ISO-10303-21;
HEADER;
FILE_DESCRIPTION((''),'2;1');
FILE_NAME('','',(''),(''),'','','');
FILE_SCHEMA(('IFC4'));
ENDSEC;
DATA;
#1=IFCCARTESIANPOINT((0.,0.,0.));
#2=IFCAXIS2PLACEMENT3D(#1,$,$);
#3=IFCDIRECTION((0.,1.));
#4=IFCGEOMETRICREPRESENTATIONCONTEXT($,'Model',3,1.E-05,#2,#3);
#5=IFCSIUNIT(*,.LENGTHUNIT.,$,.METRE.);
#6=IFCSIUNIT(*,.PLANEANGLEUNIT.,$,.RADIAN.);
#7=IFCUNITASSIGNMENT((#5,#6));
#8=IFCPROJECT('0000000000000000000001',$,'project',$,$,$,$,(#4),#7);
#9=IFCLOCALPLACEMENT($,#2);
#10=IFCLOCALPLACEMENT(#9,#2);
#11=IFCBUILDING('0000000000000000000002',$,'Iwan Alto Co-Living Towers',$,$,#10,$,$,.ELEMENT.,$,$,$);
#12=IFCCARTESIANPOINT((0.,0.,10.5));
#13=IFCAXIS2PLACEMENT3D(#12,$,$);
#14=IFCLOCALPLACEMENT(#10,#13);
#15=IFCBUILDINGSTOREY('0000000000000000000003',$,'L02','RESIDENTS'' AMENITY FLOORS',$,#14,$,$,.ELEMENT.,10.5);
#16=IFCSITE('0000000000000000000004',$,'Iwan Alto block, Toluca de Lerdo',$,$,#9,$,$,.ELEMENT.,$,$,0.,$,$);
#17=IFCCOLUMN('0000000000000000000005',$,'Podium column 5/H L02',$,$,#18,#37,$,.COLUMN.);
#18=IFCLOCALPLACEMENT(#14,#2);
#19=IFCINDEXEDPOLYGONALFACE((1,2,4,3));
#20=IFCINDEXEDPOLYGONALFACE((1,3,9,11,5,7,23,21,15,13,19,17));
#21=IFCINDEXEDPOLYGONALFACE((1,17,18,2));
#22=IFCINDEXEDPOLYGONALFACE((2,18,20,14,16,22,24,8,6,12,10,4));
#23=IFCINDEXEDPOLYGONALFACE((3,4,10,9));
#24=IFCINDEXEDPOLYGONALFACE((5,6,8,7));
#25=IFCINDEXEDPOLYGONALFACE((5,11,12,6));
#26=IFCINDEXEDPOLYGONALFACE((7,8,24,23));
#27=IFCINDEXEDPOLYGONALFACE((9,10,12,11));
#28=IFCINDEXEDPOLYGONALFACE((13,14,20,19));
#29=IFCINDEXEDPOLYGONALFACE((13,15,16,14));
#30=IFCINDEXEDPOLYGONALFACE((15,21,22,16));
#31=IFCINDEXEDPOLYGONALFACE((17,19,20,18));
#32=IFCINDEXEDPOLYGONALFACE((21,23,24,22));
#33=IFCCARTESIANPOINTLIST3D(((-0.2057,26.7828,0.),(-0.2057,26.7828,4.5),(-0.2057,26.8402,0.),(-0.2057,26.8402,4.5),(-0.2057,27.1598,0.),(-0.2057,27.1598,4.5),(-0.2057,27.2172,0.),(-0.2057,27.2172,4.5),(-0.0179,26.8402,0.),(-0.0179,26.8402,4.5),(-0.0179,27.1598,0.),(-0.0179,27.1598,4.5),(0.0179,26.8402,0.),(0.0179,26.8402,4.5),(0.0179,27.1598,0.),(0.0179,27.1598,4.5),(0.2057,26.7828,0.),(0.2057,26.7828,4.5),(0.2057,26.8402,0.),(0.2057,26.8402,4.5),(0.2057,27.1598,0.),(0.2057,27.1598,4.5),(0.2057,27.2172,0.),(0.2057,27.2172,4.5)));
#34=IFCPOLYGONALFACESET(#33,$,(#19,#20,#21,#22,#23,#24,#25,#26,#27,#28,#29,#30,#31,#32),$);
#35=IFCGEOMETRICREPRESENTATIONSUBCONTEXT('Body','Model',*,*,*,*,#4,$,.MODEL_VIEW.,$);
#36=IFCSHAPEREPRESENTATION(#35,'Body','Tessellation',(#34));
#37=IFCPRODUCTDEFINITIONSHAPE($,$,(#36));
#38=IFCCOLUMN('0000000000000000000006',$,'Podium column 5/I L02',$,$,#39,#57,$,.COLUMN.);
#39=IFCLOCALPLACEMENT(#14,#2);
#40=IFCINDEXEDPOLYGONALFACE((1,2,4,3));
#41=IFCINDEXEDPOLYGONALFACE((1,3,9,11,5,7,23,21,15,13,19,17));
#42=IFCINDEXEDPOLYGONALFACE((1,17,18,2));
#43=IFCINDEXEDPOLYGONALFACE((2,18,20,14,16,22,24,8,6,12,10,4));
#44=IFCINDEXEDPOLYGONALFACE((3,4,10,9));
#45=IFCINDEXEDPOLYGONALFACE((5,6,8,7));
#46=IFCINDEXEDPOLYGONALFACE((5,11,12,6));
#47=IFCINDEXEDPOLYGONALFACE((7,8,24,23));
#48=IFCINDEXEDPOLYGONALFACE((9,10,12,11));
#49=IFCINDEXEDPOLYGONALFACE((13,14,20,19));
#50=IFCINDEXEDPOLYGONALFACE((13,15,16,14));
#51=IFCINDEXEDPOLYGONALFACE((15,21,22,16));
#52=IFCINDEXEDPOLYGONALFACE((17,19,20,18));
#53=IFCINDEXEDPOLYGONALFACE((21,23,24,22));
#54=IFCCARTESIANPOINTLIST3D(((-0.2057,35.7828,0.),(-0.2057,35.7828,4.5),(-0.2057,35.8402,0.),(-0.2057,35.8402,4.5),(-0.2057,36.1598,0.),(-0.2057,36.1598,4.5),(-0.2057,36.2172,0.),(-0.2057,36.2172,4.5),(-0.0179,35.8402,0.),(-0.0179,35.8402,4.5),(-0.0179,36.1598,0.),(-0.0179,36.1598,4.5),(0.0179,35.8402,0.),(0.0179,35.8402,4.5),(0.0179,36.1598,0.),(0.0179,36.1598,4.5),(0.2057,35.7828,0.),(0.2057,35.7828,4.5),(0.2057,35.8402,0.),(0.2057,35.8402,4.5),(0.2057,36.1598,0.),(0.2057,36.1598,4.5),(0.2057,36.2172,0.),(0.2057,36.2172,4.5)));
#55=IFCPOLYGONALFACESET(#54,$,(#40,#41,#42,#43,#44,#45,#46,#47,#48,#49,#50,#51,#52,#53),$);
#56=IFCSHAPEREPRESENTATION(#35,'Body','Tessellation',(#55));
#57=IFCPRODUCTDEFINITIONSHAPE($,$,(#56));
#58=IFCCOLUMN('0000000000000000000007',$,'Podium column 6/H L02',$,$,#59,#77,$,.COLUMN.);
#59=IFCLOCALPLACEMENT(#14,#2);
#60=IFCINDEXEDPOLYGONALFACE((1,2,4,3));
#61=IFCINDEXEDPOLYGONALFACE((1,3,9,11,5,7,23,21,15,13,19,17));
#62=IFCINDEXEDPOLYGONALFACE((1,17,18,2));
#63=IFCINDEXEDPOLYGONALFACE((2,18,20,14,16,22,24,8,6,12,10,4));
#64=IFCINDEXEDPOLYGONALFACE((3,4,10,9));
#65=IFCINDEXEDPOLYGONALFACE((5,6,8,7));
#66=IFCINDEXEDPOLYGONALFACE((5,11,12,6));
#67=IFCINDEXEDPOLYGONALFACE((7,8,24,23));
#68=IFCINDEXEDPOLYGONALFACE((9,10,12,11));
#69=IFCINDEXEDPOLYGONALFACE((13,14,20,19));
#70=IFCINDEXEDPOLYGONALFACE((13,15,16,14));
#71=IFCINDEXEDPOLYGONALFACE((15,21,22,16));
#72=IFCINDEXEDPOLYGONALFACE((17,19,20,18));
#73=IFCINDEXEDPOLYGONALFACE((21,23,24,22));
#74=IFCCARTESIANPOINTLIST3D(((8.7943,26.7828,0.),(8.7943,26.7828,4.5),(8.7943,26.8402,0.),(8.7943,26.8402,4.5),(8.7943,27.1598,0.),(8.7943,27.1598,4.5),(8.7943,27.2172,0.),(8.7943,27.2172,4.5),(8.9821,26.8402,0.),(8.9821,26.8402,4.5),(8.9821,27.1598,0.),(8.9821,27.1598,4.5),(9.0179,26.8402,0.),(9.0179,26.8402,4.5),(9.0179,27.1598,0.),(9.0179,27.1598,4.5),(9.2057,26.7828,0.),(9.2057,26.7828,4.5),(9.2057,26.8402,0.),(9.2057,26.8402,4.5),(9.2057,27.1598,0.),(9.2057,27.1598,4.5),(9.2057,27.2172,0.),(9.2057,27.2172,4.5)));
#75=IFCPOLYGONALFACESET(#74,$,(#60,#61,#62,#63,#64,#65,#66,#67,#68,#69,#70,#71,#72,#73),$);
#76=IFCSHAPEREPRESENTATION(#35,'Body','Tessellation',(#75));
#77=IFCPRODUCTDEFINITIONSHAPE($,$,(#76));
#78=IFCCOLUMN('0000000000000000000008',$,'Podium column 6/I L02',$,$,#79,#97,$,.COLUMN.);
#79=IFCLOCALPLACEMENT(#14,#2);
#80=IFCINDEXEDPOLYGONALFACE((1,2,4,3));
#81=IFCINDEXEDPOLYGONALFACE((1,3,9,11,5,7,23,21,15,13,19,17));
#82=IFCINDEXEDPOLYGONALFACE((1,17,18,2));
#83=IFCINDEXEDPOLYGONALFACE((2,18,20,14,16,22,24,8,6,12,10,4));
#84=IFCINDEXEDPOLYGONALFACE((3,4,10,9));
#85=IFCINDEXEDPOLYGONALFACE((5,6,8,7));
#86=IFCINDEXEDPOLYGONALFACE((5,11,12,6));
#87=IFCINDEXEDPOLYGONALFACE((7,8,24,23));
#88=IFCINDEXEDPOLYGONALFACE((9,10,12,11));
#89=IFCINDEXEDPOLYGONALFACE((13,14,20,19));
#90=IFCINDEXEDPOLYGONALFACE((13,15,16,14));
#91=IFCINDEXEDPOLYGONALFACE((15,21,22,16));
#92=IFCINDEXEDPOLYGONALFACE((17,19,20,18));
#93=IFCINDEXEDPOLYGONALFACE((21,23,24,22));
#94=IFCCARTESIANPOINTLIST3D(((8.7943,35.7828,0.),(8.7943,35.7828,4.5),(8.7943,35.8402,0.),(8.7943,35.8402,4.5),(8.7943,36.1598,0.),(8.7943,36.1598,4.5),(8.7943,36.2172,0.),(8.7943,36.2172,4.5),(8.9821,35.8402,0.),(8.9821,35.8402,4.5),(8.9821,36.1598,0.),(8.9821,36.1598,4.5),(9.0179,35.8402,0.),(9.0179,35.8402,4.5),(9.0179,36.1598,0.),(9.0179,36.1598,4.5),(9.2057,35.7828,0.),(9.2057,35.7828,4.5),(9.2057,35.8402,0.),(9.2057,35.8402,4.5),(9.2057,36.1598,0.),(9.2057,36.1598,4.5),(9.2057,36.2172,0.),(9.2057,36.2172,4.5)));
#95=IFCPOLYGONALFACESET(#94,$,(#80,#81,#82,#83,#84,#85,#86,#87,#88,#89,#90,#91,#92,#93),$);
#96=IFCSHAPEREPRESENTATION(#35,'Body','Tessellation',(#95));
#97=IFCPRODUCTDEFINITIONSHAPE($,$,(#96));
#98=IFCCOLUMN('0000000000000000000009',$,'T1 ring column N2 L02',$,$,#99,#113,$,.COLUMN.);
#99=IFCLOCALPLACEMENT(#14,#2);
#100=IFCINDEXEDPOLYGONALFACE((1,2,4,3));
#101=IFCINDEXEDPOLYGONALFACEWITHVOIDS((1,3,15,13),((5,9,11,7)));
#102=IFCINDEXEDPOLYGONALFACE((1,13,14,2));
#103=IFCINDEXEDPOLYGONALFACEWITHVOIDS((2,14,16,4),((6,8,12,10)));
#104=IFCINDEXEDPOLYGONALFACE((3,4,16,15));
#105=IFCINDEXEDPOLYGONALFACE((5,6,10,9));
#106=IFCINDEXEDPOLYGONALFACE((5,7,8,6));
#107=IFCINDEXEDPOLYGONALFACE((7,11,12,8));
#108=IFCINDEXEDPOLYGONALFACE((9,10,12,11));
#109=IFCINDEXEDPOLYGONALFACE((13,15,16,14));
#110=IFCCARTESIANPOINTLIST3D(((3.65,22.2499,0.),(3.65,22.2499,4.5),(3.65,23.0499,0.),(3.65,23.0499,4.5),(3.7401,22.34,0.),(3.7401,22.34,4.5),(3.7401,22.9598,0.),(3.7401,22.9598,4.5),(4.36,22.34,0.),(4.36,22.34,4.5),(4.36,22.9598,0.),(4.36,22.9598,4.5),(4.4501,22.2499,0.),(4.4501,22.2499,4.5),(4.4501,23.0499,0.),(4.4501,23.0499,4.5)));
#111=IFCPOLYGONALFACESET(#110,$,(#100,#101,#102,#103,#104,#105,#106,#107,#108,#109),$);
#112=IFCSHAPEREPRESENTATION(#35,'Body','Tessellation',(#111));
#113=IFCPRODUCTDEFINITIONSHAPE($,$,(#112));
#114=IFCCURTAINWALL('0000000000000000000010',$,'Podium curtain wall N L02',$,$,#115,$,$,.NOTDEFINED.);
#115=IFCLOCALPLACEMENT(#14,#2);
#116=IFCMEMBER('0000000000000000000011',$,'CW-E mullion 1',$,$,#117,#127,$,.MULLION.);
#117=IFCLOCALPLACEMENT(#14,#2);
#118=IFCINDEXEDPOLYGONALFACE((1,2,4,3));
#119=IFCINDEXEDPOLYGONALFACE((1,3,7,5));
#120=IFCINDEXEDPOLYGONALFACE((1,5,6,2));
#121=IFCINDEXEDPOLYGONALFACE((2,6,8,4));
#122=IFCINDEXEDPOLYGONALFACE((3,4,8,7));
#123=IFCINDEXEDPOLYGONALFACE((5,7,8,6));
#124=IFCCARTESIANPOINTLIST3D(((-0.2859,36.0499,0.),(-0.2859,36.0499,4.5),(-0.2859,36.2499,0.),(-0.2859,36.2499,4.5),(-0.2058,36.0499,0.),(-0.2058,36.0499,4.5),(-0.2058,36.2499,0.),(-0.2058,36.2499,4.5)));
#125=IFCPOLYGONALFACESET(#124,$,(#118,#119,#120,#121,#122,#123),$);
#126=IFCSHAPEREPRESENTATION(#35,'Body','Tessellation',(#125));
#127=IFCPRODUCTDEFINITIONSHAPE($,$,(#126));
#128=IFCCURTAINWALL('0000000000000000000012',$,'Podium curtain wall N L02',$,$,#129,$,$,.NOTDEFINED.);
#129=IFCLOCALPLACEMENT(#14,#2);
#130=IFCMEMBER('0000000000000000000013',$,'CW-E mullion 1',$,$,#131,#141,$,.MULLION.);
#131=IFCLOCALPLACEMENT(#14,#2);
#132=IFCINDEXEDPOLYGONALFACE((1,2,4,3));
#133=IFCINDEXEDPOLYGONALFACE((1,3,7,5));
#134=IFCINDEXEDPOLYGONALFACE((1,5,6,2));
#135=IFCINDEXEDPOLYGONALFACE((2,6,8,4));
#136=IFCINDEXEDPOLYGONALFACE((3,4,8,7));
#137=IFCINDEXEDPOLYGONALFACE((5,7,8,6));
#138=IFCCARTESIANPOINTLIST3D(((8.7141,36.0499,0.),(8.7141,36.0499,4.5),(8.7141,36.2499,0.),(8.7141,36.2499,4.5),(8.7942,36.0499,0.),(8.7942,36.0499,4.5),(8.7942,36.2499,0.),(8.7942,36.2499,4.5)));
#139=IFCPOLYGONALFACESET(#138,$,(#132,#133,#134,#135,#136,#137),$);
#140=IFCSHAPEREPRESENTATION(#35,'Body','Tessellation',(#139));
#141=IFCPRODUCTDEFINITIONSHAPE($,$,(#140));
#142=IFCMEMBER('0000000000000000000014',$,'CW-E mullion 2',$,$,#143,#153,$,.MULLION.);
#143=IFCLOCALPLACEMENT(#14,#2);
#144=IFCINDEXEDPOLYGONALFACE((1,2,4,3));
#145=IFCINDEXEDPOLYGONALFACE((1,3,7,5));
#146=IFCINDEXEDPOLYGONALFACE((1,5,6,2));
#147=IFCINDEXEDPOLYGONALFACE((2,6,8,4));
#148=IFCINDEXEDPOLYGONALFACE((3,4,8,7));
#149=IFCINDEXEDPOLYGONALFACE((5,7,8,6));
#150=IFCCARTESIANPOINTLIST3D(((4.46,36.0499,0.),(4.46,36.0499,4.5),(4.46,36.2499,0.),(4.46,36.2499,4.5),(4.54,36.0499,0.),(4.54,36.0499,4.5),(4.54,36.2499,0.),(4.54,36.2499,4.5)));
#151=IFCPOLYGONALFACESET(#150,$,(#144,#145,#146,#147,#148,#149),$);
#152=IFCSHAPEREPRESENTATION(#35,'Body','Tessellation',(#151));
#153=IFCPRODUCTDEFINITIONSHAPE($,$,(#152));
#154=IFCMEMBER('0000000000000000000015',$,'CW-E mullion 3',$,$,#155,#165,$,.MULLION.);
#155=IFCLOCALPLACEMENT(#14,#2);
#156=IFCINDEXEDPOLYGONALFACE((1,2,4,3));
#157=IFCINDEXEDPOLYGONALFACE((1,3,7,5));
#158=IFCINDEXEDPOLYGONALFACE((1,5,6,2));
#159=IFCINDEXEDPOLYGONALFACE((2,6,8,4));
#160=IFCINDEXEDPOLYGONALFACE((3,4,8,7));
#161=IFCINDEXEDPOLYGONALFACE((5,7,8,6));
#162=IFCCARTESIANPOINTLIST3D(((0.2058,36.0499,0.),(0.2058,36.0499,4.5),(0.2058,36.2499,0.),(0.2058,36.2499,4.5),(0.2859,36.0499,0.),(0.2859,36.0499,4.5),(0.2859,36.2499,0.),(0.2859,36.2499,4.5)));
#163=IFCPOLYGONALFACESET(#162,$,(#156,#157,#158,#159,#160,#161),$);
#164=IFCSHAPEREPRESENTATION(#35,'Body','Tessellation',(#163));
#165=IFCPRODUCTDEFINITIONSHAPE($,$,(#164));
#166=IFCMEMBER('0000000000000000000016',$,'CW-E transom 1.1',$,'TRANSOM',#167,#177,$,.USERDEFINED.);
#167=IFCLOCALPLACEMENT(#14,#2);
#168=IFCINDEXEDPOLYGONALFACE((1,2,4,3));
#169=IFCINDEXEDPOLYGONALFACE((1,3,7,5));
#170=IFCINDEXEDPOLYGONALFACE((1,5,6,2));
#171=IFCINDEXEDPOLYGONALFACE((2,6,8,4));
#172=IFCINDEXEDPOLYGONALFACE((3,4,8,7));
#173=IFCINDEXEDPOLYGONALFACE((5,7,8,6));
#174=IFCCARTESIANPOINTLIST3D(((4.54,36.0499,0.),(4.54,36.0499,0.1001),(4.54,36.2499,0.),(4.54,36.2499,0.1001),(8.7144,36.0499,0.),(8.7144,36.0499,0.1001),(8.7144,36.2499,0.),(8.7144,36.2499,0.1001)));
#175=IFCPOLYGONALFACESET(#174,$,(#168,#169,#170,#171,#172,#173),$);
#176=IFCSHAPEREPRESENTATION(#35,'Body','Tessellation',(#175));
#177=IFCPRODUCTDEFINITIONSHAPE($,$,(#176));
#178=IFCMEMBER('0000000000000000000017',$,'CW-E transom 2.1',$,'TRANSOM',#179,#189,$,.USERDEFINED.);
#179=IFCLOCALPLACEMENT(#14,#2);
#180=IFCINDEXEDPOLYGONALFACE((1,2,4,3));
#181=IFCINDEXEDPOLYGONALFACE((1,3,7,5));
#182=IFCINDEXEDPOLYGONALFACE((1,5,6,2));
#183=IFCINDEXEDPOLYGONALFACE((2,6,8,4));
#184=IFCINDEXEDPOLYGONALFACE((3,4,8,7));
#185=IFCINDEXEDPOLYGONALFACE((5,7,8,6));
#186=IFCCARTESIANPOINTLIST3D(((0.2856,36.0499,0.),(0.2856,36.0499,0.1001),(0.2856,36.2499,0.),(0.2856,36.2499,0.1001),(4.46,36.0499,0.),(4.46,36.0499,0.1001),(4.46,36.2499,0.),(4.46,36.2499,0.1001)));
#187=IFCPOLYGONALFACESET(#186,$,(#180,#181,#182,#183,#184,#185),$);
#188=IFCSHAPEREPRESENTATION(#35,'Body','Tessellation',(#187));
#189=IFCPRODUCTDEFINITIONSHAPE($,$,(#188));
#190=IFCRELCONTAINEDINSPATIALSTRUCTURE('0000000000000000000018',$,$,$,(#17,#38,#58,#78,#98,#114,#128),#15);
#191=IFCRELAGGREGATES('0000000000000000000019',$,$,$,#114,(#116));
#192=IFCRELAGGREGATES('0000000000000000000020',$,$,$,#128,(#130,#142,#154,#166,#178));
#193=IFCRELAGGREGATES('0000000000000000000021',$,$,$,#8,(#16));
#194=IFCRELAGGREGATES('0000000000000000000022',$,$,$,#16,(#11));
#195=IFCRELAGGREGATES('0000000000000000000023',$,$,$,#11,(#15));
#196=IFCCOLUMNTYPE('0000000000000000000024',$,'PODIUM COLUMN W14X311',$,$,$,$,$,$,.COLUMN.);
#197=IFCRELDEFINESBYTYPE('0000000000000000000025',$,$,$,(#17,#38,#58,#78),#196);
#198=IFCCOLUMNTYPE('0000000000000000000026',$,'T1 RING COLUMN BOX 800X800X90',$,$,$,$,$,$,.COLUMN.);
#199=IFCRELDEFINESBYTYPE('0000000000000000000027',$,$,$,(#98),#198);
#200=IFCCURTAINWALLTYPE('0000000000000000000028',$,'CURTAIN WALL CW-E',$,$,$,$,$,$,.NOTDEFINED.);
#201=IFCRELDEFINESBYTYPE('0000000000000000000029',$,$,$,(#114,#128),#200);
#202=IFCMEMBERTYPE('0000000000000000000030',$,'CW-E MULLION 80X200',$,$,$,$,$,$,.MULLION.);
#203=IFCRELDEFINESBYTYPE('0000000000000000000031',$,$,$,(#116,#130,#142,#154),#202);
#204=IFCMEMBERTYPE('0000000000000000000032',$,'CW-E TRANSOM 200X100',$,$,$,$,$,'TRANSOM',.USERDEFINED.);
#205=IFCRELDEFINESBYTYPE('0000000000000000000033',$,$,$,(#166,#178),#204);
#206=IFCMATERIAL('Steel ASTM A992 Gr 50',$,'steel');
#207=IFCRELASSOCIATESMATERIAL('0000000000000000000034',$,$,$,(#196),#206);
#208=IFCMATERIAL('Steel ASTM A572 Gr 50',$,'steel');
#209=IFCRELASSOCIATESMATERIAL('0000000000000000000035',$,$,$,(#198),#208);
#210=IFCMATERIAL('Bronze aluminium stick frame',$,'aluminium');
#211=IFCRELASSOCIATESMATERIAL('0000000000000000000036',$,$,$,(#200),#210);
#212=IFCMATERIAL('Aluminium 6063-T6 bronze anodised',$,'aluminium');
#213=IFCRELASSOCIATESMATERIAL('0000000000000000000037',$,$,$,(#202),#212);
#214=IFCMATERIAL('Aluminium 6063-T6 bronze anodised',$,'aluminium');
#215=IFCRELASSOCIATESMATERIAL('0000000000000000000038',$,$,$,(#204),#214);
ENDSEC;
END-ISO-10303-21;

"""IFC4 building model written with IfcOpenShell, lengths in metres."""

from ifc_helpers import new_model, si_unit, direction, frame, origin, origin_2d, place, context, subcontext, project, spatial, rectangle, hollow_rectangle, i_section, extrude, material, material_profile, profile_set, type_object, element, aggregate, save


model = new_model("IFC4")

# Units and contexts
model_context = context("Model", 3, precision=1e-05, world=origin(), true_north=direction((0.0, 1.0)))
body_context = subcontext(model_context, "Body", "Model", "MODEL_VIEW")
ifc_project = project(units=[si_unit("LENGTHUNIT", "METRE"), si_unit("PLANEANGLEUNIT", "RADIAN")], contexts=[model_context])

# Site, building, storey
site_placement = place(None, origin())
site = spatial("IfcSite", under=ifc_project, at=site_placement, Name="Iwan Alto block, Toluca de Lerdo", CompositionType="ELEMENT", RefElevation=0.0)
building_placement = place(site_placement, origin())
building = spatial("IfcBuilding", under=site, at=building_placement, Name="Iwan Alto Co-Living Towers", CompositionType="ELEMENT")
storey_placement = place(building_placement, frame((0.0, 0.0, 10.5)))
storey = spatial("IfcBuildingStorey", under=building, at=storey_placement, Name="L02", Description="RESIDENTS' AMENITY FLOORS", CompositionType="ELEMENT", Elevation=10.5)

# Columns
ifc_material_1 = material(Name="Steel ASTM A992 Gr 50", Category="steel")
ifc_material_profile_1 = material_profile(ifc_material_1, i_section(OverallWidth=0.4114, OverallDepth=0.4343, WebThickness=0.0359, FlangeThickness=0.0574, at=origin_2d()), Name="W14X311")
ifc_profile_set_1 = profile_set([ifc_material_profile_1], Name="Steel ASTM A992 Gr 50")
column_type_1 = type_object("IfcColumnType", Name="PODIUM COLUMN W14X311", PredefinedType="COLUMN", material=ifc_profile_set_1)
for number, where, z_axis, x_axis, name in (
    (1, (0.0, 27.0, 0.0), (0.0, 0.0, 1.0), (1.0, 0.0, 0.0), "Podium column 5/H L02"),
    (2, (0.0, 36.0, 0.0), (0.0, 0.0, 1.0), (1.0, 0.0, 0.0), "Podium column 5/I L02"),
    (3, (9.0, 27.0, 0.0), (0.0, 0.0, 1.0), (1.0, 0.0, 0.0), "Podium column 6/H L02"),
    (4, (9.0, 36.0, 0.0), (0.0, 0.0, 1.0), (1.0, 0.0, 0.0), "Podium column 6/I L02"),
):
    element("IfcColumn", number, at=place(storey_placement, frame(where, z_axis=z_axis, x_axis=x_axis)), inside=storey, type_object=column_type_1, Name=name, PredefinedType="COLUMN", context=body_context, shape_type="SweptSolid", body=[
        extrude(i_section(OverallWidth=0.4114, OverallDepth=0.4343, WebThickness=0.0359, FlangeThickness=0.0574, at=origin_2d()), origin(), (0.0, 0.0, 1.0), 4.5),
    ])
ifc_material_2 = material(Name="Steel ASTM A572 Gr 50", Category="steel")
ifc_material_profile_2 = material_profile(ifc_material_2, hollow_rectangle(XDim=0.8, YDim=0.8, WallThickness=0.0901, at=origin_2d()), Name="BOX 800X800X90")
ifc_profile_set_2 = profile_set([ifc_material_profile_2], Name="Steel ASTM A572 Gr 50")
column_type_2 = type_object("IfcColumnType", Name="T1 RING COLUMN BOX 800X800X90", PredefinedType="COLUMN", material=ifc_profile_set_2)
column_placement = place(storey_placement, frame((4.05, 22.6499, 0.0), z_axis=(0.0, 0.0, 1.0), x_axis=(1.0, 0.0, 0.0)))
element("IfcColumn", 5, at=column_placement, inside=storey, type_object=column_type_2, Name="T1 ring column N2 L02", PredefinedType="COLUMN", context=body_context, shape_type="SweptSolid", body=[
    extrude(hollow_rectangle(XDim=0.8, YDim=0.8, WallThickness=0.0901, at=origin_2d()), origin(), (0.0, 0.0, 1.0), 4.5),
])

# Curtain wall, member
ifc_material_3 = material(Name="Bronze aluminium stick frame", Category="aluminium")
curtain_wall_type = type_object("IfcCurtainWallType", Name="CURTAIN WALL CW-E", PredefinedType="NOTDEFINED", material=ifc_material_3)
curtain_wall_1_placement = place(storey_placement, origin())
curtain_wall_1 = element("IfcCurtainWall", 6, at=curtain_wall_1_placement, inside=storey, type_object=curtain_wall_type, Name="Podium curtain wall N L02", PredefinedType="NOTDEFINED")
ifc_material_4 = material(Name="Aluminium 6063-T6 bronze anodised", Category="aluminium")
ifc_material_profile_3 = material_profile(ifc_material_4, rectangle(XDim=0.2, YDim=0.0801, at=origin_2d()), Name="AL 80X200")
ifc_profile_set_3 = profile_set([ifc_material_profile_3], Name="Aluminium 6063-T6 bronze anodised")
member_type_1 = type_object("IfcMemberType", Name="CW-E MULLION 80X200", PredefinedType="MULLION", material=ifc_profile_set_3)
member_1_placement = place(storey_placement, frame((-0.2458, 36.1499, 0.0), z_axis=(0.0, 0.0, 1.0), x_axis=(0.0, -1.0, 0.0)))
member_1 = element("IfcMember", 7, at=member_1_placement, type_object=member_type_1, Name="CW-E mullion 1", PredefinedType="MULLION", context=body_context, shape_type="SweptSolid", body=[
    extrude(rectangle(XDim=0.2, YDim=0.0801, at=origin_2d()), origin(), (0.0, 0.0, 1.0), 4.5),
])
aggregate(curtain_wall_1, [member_1])

# Curtain wall, members
curtain_wall_2_placement = place(storey_placement, origin())
curtain_wall_2 = element("IfcCurtainWall", 8, at=curtain_wall_2_placement, inside=storey, type_object=curtain_wall_type, Name="Podium curtain wall N L02", PredefinedType="NOTDEFINED")
member_2_placement = place(storey_placement, frame((8.7542, 36.1499, 0.0), z_axis=(0.0, 0.0, 1.0), x_axis=(0.0, -1.0, 0.0)))
member_2 = element("IfcMember", 9, at=member_2_placement, type_object=member_type_1, Name="CW-E mullion 1", PredefinedType="MULLION", context=body_context, shape_type="SweptSolid", body=[
    extrude(rectangle(XDim=0.2, YDim=0.0801, at=origin_2d()), origin(), (0.0, 0.0, 1.0), 4.5),
])
member_3_placement = place(storey_placement, frame((4.5, 36.1499, 0.0), z_axis=(0.0, 0.0, 1.0), x_axis=(0.0, -1.0, 0.0)))
member_3 = element("IfcMember", 10, at=member_3_placement, type_object=member_type_1, Name="CW-E mullion 2", PredefinedType="MULLION", context=body_context, shape_type="SweptSolid", body=[
    extrude(rectangle(XDim=0.2, YDim=0.0801, at=origin_2d()), origin(), (0.0, 0.0, 1.0), 4.5),
])
member_4_placement = place(storey_placement, frame((0.2458, 36.1499, 0.0), z_axis=(0.0, 0.0, 1.0), x_axis=(0.0, -1.0, 0.0)))
member_4 = element("IfcMember", 11, at=member_4_placement, type_object=member_type_1, Name="CW-E mullion 3", PredefinedType="MULLION", context=body_context, shape_type="SweptSolid", body=[
    extrude(rectangle(XDim=0.2, YDim=0.0801, at=origin_2d()), origin(), (0.0, 0.0, 1.0), 4.5),
])
ifc_material_5 = material(Name="Aluminium 6063-T6 bronze anodised", Category="aluminium")
ifc_material_profile_4 = material_profile(ifc_material_5, rectangle(XDim=0.2, YDim=0.1001, at=origin_2d()), Name="AL 200X100")
ifc_profile_set_4 = profile_set([ifc_material_profile_4], Name="Aluminium 6063-T6 bronze anodised")
member_type_2 = type_object("IfcMemberType", Name="CW-E TRANSOM 200X100", ElementType="TRANSOM", PredefinedType="USERDEFINED", material=ifc_profile_set_4)
member_5_placement = place(storey_placement, frame((8.7144, 36.1499, 0.05), z_axis=(-1.0, 0.0, 0.0), x_axis=(0.0, -1.0, 0.0)))
member_5 = element("IfcMember", 12, at=member_5_placement, type_object=member_type_2, Name="CW-E transom 1.1", ObjectType="TRANSOM", PredefinedType="USERDEFINED", context=body_context, shape_type="SweptSolid", body=[
    extrude(rectangle(XDim=0.2, YDim=0.1001, at=origin_2d()), origin(), (0.0, 0.0, 1.0), 4.1743),
])
member_6_placement = place(storey_placement, frame((4.46, 36.1499, 0.05), z_axis=(-1.0, 0.0, 0.0), x_axis=(0.0, -1.0, 0.0)))
member_6 = element("IfcMember", 13, at=member_6_placement, type_object=member_type_2, Name="CW-E transom 2.1", ObjectType="TRANSOM", PredefinedType="USERDEFINED", context=body_context, shape_type="SweptSolid", body=[
    extrude(rectangle(XDim=0.2, YDim=0.1001, at=origin_2d()), origin(), (0.0, 0.0, 1.0), 4.1743),
])

aggregate(curtain_wall_2, [member_2, member_3, member_4, member_5, member_6])

save(model, "model.ifc")
